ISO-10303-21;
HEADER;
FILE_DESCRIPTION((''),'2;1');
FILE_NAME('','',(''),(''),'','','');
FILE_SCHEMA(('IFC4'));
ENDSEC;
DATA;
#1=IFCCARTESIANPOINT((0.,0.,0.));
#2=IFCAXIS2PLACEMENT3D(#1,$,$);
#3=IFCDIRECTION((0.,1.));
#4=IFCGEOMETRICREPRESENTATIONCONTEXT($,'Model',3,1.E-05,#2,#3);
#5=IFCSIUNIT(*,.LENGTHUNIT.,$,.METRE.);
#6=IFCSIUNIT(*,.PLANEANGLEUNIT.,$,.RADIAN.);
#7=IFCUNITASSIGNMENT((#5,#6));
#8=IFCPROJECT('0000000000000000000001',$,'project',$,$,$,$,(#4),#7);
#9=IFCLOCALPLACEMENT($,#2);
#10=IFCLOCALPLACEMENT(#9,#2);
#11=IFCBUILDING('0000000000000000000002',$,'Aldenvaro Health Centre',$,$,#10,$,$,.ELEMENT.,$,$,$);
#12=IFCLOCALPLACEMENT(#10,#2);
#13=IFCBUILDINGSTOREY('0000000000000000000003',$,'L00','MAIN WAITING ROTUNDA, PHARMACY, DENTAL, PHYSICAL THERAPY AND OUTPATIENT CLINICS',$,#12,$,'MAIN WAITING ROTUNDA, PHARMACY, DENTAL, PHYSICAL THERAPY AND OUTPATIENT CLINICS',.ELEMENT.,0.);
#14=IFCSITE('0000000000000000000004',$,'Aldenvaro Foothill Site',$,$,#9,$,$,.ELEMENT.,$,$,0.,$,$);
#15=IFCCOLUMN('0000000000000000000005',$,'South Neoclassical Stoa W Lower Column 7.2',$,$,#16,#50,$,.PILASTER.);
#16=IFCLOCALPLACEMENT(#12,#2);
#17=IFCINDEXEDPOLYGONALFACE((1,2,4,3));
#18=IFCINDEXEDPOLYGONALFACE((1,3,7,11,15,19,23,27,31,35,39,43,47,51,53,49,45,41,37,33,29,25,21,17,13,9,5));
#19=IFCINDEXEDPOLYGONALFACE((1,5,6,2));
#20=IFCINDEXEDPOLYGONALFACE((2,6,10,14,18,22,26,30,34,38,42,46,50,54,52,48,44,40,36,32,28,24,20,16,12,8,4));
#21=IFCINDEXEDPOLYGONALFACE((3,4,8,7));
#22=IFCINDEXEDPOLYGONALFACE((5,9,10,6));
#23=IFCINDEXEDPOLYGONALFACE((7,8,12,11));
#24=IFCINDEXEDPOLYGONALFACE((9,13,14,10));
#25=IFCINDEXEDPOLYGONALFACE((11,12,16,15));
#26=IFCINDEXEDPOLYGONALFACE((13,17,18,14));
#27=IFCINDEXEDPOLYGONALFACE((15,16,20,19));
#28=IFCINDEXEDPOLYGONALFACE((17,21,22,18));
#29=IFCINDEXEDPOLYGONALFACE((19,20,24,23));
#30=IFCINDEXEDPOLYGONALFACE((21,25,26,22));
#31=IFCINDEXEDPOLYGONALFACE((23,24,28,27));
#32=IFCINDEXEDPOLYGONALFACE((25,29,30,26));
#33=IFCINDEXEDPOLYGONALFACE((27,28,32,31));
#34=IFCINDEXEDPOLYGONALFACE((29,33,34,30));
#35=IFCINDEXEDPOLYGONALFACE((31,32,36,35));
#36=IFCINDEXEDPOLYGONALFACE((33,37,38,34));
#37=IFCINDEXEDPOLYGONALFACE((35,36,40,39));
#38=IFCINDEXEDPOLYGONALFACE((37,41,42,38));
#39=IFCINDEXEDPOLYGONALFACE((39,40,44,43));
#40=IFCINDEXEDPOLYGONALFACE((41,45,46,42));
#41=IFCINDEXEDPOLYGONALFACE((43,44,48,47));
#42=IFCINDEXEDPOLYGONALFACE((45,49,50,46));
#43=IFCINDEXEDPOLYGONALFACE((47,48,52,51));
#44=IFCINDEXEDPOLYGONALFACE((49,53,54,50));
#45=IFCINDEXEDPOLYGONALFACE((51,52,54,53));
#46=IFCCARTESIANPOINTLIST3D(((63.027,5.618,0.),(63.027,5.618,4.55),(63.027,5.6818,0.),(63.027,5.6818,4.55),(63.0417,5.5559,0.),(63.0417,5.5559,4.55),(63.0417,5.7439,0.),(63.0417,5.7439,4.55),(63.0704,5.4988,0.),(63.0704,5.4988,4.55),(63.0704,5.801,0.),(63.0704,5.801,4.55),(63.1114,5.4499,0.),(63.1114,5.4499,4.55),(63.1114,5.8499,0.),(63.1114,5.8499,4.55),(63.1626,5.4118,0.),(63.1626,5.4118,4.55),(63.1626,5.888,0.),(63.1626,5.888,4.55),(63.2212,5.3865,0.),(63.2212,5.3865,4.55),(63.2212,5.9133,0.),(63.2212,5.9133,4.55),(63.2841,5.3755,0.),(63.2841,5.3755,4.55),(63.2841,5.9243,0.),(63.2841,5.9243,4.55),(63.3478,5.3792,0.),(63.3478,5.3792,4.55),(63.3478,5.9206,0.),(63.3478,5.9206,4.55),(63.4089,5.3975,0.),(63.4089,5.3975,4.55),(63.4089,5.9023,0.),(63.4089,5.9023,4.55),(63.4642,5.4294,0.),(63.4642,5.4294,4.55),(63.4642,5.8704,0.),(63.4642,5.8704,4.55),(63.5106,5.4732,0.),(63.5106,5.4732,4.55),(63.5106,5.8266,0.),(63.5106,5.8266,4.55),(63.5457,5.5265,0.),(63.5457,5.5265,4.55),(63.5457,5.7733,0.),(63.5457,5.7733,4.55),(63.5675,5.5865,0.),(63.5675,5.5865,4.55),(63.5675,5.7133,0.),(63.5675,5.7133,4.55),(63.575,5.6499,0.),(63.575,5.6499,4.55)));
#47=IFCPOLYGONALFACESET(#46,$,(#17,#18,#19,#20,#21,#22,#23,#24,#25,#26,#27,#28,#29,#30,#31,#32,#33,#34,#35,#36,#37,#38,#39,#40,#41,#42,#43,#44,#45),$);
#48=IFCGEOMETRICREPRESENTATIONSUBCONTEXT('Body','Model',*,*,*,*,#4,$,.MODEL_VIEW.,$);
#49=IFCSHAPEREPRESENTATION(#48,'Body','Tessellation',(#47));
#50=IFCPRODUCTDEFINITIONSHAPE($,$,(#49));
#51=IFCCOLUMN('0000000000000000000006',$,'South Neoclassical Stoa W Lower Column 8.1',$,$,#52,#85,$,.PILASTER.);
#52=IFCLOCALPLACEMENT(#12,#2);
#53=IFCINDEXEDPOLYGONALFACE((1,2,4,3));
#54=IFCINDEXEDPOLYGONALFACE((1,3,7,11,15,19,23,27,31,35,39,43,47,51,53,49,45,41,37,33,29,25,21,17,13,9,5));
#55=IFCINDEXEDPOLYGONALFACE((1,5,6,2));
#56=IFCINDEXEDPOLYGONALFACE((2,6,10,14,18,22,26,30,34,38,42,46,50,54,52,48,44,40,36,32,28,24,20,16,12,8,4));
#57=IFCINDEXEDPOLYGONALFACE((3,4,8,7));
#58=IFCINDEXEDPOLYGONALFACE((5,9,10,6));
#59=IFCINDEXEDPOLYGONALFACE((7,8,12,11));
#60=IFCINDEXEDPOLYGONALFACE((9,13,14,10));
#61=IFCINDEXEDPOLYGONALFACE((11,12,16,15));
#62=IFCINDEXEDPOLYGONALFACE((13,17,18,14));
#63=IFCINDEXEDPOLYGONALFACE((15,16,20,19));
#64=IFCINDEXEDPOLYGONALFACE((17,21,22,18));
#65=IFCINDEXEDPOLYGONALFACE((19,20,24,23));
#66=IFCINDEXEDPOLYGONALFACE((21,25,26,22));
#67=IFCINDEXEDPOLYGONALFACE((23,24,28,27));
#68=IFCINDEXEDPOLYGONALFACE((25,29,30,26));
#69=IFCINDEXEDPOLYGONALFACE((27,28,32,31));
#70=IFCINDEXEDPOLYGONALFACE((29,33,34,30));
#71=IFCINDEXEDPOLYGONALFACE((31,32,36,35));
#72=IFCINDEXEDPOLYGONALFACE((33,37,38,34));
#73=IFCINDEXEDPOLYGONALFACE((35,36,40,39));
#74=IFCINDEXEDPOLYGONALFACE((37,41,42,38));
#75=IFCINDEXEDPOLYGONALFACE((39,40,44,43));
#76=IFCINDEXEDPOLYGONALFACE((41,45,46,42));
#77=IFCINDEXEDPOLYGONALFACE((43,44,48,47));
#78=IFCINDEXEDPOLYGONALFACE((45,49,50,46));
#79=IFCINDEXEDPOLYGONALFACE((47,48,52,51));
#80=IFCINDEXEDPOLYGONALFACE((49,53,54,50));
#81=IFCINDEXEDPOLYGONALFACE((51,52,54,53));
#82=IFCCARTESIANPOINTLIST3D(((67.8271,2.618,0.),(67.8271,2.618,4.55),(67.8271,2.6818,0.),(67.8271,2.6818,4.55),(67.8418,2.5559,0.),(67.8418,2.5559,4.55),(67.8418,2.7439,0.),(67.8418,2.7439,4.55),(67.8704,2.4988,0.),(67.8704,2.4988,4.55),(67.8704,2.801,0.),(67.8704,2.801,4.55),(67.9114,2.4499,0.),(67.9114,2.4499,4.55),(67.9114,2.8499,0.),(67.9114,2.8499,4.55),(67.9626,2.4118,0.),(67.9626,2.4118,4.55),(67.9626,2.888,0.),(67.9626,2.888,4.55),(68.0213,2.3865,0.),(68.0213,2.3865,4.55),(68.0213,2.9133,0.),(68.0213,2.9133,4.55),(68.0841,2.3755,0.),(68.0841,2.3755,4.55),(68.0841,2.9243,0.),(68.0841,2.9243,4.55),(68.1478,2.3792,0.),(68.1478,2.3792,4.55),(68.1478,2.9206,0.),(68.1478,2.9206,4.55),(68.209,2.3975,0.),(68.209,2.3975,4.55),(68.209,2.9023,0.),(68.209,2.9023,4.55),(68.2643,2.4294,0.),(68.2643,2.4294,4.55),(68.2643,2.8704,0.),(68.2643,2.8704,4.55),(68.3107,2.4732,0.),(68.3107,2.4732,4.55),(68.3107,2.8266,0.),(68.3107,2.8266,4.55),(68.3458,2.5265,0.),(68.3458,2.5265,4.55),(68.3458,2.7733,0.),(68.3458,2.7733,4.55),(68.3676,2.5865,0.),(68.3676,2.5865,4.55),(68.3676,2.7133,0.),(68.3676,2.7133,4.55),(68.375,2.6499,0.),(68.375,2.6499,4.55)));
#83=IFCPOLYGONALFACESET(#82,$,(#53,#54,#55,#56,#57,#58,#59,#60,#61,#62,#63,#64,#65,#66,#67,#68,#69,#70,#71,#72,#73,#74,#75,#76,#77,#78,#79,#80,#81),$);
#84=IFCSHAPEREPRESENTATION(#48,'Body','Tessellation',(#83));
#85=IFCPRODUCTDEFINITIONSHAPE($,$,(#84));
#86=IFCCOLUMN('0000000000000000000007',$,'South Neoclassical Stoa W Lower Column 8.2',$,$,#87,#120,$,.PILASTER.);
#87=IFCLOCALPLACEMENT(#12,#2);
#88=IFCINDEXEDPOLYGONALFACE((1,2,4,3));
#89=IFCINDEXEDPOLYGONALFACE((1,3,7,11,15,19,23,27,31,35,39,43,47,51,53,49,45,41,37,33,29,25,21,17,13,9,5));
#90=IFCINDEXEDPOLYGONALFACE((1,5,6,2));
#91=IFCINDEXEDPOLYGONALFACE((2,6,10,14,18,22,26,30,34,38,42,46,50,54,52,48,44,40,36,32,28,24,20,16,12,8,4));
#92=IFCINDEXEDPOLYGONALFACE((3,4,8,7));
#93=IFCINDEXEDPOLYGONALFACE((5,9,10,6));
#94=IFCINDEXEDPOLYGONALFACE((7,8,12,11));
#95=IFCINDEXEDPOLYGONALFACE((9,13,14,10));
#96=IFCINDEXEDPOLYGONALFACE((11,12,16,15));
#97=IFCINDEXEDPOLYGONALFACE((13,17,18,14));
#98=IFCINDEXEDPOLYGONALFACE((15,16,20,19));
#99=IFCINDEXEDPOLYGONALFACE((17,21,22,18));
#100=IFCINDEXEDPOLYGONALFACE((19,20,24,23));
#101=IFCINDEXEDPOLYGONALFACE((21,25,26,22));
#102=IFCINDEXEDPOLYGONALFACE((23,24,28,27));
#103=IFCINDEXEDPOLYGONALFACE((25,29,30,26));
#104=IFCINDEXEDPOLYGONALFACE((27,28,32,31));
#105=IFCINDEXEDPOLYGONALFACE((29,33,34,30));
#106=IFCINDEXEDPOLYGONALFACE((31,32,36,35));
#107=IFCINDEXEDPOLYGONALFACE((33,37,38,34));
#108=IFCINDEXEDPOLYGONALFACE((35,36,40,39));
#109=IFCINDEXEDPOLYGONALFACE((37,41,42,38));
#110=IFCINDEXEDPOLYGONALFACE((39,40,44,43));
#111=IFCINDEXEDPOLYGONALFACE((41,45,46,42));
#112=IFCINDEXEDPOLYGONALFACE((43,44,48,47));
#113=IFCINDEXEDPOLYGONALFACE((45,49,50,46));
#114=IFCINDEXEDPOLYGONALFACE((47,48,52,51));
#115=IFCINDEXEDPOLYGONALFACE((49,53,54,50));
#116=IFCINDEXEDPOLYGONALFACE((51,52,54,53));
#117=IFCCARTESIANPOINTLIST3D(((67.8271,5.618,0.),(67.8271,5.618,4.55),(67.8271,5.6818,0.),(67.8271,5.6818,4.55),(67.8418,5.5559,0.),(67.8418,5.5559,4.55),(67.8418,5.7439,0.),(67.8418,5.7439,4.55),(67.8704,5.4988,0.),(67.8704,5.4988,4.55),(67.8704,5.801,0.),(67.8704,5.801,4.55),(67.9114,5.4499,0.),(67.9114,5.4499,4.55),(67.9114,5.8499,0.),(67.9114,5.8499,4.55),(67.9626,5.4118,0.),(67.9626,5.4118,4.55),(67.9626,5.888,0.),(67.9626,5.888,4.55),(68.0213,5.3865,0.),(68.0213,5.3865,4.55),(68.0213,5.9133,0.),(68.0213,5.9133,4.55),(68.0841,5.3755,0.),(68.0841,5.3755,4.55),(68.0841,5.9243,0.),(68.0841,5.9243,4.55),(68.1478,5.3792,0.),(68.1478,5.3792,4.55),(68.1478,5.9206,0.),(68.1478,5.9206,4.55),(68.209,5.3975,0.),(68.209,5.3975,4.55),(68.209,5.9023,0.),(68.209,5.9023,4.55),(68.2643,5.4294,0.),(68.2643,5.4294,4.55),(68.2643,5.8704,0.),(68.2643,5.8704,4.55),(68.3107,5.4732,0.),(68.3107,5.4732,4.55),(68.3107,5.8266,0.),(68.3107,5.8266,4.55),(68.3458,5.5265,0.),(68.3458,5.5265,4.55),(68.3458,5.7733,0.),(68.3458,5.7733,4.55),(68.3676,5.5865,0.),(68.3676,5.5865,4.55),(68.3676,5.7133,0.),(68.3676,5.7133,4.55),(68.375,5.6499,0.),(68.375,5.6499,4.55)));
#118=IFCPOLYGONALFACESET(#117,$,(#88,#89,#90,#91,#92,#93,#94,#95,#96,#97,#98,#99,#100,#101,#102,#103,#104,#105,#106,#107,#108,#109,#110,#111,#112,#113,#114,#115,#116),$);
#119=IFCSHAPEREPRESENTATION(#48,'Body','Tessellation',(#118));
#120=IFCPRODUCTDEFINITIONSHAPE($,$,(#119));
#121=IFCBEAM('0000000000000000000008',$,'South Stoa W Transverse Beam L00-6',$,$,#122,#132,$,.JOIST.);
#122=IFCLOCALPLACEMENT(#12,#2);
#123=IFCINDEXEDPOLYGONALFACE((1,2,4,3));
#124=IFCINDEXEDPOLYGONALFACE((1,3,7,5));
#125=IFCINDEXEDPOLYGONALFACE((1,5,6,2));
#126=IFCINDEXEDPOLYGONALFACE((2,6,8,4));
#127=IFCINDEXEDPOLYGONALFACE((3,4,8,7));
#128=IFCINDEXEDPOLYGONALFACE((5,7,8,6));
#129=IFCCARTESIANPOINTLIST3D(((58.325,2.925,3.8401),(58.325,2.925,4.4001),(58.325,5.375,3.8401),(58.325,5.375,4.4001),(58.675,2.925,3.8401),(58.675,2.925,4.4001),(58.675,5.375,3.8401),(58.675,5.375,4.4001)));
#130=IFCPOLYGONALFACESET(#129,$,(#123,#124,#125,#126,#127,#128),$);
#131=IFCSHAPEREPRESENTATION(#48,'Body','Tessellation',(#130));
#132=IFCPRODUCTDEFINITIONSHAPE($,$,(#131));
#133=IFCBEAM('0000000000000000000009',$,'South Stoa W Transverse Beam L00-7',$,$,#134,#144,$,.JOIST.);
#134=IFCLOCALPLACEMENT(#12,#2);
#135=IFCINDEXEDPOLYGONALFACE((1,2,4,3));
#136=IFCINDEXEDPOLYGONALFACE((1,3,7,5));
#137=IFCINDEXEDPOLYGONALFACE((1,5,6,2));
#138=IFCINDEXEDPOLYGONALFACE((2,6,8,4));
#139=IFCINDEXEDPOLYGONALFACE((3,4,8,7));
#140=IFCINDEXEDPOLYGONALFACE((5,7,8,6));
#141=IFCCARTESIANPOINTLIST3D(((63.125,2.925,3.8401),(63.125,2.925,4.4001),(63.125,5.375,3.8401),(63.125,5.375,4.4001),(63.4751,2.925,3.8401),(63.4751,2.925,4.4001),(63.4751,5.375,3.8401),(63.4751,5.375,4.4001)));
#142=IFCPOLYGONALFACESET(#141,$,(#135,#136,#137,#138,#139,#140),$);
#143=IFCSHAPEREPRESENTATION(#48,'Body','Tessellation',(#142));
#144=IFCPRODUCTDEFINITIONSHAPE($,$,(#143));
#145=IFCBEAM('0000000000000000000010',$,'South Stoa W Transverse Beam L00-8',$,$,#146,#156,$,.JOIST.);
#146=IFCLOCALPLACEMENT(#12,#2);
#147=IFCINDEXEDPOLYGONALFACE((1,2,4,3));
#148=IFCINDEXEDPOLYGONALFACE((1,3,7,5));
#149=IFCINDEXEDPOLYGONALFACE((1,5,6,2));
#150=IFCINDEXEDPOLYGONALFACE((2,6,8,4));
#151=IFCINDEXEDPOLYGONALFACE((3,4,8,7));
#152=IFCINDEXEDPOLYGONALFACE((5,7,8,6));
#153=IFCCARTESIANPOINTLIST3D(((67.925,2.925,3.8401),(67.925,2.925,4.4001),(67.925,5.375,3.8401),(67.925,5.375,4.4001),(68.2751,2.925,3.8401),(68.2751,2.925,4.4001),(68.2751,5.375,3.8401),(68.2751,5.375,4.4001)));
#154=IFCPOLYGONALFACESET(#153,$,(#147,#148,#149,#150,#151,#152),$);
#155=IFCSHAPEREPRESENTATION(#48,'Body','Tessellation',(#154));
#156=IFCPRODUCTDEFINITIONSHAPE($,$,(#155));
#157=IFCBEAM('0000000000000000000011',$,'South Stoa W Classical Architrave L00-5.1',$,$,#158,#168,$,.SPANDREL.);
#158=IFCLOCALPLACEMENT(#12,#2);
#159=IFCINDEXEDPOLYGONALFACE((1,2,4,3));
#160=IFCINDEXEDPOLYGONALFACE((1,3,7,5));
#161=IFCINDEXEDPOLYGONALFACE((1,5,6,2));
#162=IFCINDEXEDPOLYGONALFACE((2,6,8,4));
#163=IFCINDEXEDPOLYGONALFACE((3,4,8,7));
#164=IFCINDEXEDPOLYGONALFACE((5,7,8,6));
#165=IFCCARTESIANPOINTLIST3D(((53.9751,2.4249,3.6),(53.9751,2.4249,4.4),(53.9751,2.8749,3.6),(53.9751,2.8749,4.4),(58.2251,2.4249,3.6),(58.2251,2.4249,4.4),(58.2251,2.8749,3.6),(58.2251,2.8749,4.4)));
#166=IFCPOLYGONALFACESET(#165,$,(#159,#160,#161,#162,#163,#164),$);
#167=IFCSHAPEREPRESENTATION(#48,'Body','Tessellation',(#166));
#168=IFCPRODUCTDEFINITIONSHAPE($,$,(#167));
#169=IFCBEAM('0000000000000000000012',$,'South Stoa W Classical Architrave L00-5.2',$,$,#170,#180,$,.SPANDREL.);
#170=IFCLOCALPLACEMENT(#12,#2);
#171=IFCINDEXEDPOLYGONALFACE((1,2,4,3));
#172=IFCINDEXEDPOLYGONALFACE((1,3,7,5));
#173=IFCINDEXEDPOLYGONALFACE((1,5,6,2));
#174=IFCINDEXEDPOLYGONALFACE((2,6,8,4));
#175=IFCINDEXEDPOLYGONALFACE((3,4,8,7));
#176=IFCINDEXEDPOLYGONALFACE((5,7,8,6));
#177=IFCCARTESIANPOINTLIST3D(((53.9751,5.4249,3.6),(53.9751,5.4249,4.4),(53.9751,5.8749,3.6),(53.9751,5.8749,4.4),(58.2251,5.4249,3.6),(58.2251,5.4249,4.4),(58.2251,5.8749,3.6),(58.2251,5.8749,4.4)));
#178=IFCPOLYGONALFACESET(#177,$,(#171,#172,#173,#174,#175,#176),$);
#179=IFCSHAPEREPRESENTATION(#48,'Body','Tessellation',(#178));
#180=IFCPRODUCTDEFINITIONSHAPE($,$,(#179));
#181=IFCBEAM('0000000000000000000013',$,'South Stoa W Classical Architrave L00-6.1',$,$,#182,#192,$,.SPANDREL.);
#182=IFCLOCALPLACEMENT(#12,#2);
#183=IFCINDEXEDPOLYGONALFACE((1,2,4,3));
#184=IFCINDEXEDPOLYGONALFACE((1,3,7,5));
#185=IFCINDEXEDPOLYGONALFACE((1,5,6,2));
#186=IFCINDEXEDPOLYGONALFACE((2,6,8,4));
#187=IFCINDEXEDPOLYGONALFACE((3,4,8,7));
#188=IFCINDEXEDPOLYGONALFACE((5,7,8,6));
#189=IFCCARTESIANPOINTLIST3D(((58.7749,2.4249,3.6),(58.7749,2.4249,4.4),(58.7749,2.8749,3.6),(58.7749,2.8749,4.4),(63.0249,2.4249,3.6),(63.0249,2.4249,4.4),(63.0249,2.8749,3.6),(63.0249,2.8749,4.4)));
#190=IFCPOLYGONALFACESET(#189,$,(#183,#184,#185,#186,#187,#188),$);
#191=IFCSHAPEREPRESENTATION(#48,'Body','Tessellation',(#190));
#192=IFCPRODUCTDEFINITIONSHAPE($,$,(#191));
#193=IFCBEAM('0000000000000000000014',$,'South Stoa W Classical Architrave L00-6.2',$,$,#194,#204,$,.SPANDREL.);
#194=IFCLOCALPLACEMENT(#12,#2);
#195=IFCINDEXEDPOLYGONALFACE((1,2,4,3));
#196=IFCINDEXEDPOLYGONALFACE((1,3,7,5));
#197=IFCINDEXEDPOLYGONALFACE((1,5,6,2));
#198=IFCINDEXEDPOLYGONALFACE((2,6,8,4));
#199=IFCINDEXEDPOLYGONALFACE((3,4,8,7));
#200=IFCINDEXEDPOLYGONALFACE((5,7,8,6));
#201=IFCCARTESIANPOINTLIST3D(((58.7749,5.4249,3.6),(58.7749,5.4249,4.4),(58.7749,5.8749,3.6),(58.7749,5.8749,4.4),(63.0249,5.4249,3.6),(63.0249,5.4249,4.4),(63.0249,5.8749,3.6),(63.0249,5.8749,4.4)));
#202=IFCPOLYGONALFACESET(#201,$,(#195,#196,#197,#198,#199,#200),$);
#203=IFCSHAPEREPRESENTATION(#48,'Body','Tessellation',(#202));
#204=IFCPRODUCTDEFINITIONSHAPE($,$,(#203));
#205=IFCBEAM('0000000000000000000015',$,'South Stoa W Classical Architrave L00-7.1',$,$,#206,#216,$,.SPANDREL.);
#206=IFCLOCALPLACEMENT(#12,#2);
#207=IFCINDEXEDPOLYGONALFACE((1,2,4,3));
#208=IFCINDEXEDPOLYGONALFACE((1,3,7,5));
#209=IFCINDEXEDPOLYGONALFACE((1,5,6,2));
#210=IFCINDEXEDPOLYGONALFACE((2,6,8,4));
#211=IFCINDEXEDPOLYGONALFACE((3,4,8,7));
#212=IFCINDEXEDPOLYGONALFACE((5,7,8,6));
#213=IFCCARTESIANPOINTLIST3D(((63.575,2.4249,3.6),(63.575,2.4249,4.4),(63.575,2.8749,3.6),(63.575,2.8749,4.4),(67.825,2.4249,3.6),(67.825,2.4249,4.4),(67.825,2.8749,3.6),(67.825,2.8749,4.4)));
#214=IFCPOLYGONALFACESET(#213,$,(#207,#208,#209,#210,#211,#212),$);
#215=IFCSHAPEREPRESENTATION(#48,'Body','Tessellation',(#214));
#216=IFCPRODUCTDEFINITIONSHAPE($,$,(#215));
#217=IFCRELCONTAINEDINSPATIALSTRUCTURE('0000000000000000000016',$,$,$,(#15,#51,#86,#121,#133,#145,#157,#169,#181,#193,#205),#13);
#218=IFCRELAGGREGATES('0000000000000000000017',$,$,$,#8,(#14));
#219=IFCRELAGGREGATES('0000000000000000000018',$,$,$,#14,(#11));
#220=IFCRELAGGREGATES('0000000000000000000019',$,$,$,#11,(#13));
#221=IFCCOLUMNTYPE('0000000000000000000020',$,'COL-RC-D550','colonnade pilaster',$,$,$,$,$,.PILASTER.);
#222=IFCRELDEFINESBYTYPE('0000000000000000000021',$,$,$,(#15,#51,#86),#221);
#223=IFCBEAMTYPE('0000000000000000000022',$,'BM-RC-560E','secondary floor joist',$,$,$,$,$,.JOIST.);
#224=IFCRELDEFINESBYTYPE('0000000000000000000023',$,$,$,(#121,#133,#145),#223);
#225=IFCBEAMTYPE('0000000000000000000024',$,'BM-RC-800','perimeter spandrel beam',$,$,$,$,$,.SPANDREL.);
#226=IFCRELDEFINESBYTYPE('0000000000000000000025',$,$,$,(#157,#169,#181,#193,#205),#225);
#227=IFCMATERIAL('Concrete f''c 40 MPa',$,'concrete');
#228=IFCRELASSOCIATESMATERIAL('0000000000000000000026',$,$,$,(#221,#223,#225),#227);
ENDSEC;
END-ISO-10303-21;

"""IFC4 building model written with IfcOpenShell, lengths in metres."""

from ifc_helpers import new_model, si_unit, direction, frame, origin, origin_2d, place, context, subcontext, project, spatial, rectangle, circle, extrude, material, material_profile, profile_set, type_object, element, save


model = new_model("IFC4")

# Units and contexts
model_context = context("Model", 3, precision=1e-05, world=origin(), true_north=direction((0.0, 1.0)))
body_context = subcontext(model_context, "Body", "Model", "MODEL_VIEW")
ifc_project = project(units=[si_unit("LENGTHUNIT", "METRE"), si_unit("PLANEANGLEUNIT", "RADIAN")], contexts=[model_context])

# Site, building, storey
site_placement = place(None, origin())
site = spatial("IfcSite", under=ifc_project, at=site_placement, Name="Aldenvaro Foothill Site", CompositionType="ELEMENT", RefElevation=0.0)
building_placement = place(site_placement, origin())
building = spatial("IfcBuilding", under=site, at=building_placement, Name="Aldenvaro Health Centre", CompositionType="ELEMENT")
storey_placement = place(building_placement, origin())
storey = spatial("IfcBuildingStorey", under=building, at=storey_placement, Name="L00", Description="MAIN WAITING ROTUNDA, PHARMACY, DENTAL, PHYSICAL THERAPY AND OUTPATIENT CLINICS", LongName="MAIN WAITING ROTUNDA, PHARMACY, DENTAL, PHYSICAL THERAPY AND OUTPATIENT CLINICS", CompositionType="ELEMENT", Elevation=0.0)

# Columns
ifc_material_1 = material(Name="Concrete f'c 40 MPa", Category="concrete")
ifc_material_profile_1 = material_profile(ifc_material_1, circle(Radius=0.2749, at=origin_2d()), Name="RC D550", Category="concrete")
ifc_profile_set_1 = profile_set([ifc_material_profile_1], Name="Concrete f'c 40 MPa")
column_type = type_object("IfcColumnType", Name="COL-RC-D550", Description="colonnade pilaster", PredefinedType="PILASTER", material=ifc_profile_set_1)
for number, where, z_axis, x_axis, name in (
    (1, (63.3, 5.6499, 0.0), (0.0, 0.0, 1.0), (1.0, 0.0, 0.0), "South Neoclassical Stoa W Lower Column 7.2"),
    (2, (68.1001, 2.6499, 0.0), (0.0, 0.0, 1.0), (1.0, 0.0, 0.0), "South Neoclassical Stoa W Lower Column 8.1"),
    (3, (68.1001, 5.6499, 0.0), (0.0, 0.0, 1.0), (1.0, 0.0, 0.0), "South Neoclassical Stoa W Lower Column 8.2"),
):
    element("IfcColumn", number, at=place(storey_placement, frame(where, z_axis=z_axis, x_axis=x_axis)), inside=storey, type_object=column_type, Name=name, PredefinedType="PILASTER", context=body_context, shape_type="SweptSolid", body=[
        extrude(circle(Radius=0.2749, at=origin_2d()), origin(), (0.0, 0.0, 1.0), 4.55),
    ])

# Beams
ifc_material_profile_2 = material_profile(ifc_material_1, rectangle(XDim=0.3501, YDim=0.5601, at=origin_2d()), Name="RC 350x560", Category="concrete")
ifc_profile_set_2 = profile_set([ifc_material_profile_2], Name="Concrete f'c 40 MPa")
beam_type_1 = type_object("IfcBeamType", Name="BM-RC-560E", Description="secondary floor joist", PredefinedType="JOIST", material=ifc_profile_set_2)
for number, where, z_axis, x_axis, name in (
    (4, (58.5, 2.925, 4.1201), (0.0, 1.0, 0.0), (-1.0, 0.0, 0.0), "South Stoa W Transverse Beam L00-6"),
    (5, (63.3, 2.925, 4.1201), (0.0, 1.0, 0.0), (-1.0, 0.0, 0.0), "South Stoa W Transverse Beam L00-7"),
    (6, (68.1001, 2.925, 4.1201), (0.0, 1.0, 0.0), (-1.0, 0.0, 0.0), "South Stoa W Transverse Beam L00-8"),
):
    element("IfcBeam", number, at=place(storey_placement, frame(where, z_axis=z_axis, x_axis=x_axis)), inside=storey, type_object=beam_type_1, Name=name, PredefinedType="JOIST", context=body_context, shape_type="SweptSolid", body=[
        extrude(rectangle(XDim=0.3501, YDim=0.5601, at=origin_2d()), origin(), (0.0, 0.0, 1.0), 2.45),
    ])
ifc_material_profile_3 = material_profile(ifc_material_1, rectangle(XDim=0.45, YDim=0.8, at=origin_2d()), Name="RC 450x800", Category="concrete")
ifc_profile_set_3 = profile_set([ifc_material_profile_3], Name="Concrete f'c 40 MPa")
beam_type_2 = type_object("IfcBeamType", Name="BM-RC-800", Description="perimeter spandrel beam", PredefinedType="SPANDREL", material=ifc_profile_set_3)
for number, where, z_axis, x_axis, name in (
    (7, (53.9751, 2.6499, 4.0), (1.0, 0.0, 0.0), (0.0, 1.0, 0.0), "South Stoa W Classical Architrave L00-5.1"),
    (8, (53.9751, 5.6499, 4.0), (1.0, 0.0, 0.0), (0.0, 1.0, 0.0), "South Stoa W Classical Architrave L00-5.2"),
    (9, (58.7749, 2.6499, 4.0), (1.0, 0.0, 0.0), (0.0, 1.0, 0.0), "South Stoa W Classical Architrave L00-6.1"),
    (10, (58.7749, 5.6499, 4.0), (1.0, 0.0, 0.0), (0.0, 1.0, 0.0), "South Stoa W Classical Architrave L00-6.2"),
    (11, (63.575, 2.6499, 4.0), (1.0, 0.0, 0.0), (0.0, 1.0, 0.0), "South Stoa W Classical Architrave L00-7.1"),
):
    element("IfcBeam", number, at=place(storey_placement, frame(where, z_axis=z_axis, x_axis=x_axis)), inside=storey, type_object=beam_type_2, Name=name, PredefinedType="SPANDREL", context=body_context, shape_type="SweptSolid", body=[
        extrude(rectangle(XDim=0.45, YDim=0.8, at=origin_2d()), origin(), (0.0, 0.0, 1.0), 4.25),
    ])

save(model, "model.ifc")
